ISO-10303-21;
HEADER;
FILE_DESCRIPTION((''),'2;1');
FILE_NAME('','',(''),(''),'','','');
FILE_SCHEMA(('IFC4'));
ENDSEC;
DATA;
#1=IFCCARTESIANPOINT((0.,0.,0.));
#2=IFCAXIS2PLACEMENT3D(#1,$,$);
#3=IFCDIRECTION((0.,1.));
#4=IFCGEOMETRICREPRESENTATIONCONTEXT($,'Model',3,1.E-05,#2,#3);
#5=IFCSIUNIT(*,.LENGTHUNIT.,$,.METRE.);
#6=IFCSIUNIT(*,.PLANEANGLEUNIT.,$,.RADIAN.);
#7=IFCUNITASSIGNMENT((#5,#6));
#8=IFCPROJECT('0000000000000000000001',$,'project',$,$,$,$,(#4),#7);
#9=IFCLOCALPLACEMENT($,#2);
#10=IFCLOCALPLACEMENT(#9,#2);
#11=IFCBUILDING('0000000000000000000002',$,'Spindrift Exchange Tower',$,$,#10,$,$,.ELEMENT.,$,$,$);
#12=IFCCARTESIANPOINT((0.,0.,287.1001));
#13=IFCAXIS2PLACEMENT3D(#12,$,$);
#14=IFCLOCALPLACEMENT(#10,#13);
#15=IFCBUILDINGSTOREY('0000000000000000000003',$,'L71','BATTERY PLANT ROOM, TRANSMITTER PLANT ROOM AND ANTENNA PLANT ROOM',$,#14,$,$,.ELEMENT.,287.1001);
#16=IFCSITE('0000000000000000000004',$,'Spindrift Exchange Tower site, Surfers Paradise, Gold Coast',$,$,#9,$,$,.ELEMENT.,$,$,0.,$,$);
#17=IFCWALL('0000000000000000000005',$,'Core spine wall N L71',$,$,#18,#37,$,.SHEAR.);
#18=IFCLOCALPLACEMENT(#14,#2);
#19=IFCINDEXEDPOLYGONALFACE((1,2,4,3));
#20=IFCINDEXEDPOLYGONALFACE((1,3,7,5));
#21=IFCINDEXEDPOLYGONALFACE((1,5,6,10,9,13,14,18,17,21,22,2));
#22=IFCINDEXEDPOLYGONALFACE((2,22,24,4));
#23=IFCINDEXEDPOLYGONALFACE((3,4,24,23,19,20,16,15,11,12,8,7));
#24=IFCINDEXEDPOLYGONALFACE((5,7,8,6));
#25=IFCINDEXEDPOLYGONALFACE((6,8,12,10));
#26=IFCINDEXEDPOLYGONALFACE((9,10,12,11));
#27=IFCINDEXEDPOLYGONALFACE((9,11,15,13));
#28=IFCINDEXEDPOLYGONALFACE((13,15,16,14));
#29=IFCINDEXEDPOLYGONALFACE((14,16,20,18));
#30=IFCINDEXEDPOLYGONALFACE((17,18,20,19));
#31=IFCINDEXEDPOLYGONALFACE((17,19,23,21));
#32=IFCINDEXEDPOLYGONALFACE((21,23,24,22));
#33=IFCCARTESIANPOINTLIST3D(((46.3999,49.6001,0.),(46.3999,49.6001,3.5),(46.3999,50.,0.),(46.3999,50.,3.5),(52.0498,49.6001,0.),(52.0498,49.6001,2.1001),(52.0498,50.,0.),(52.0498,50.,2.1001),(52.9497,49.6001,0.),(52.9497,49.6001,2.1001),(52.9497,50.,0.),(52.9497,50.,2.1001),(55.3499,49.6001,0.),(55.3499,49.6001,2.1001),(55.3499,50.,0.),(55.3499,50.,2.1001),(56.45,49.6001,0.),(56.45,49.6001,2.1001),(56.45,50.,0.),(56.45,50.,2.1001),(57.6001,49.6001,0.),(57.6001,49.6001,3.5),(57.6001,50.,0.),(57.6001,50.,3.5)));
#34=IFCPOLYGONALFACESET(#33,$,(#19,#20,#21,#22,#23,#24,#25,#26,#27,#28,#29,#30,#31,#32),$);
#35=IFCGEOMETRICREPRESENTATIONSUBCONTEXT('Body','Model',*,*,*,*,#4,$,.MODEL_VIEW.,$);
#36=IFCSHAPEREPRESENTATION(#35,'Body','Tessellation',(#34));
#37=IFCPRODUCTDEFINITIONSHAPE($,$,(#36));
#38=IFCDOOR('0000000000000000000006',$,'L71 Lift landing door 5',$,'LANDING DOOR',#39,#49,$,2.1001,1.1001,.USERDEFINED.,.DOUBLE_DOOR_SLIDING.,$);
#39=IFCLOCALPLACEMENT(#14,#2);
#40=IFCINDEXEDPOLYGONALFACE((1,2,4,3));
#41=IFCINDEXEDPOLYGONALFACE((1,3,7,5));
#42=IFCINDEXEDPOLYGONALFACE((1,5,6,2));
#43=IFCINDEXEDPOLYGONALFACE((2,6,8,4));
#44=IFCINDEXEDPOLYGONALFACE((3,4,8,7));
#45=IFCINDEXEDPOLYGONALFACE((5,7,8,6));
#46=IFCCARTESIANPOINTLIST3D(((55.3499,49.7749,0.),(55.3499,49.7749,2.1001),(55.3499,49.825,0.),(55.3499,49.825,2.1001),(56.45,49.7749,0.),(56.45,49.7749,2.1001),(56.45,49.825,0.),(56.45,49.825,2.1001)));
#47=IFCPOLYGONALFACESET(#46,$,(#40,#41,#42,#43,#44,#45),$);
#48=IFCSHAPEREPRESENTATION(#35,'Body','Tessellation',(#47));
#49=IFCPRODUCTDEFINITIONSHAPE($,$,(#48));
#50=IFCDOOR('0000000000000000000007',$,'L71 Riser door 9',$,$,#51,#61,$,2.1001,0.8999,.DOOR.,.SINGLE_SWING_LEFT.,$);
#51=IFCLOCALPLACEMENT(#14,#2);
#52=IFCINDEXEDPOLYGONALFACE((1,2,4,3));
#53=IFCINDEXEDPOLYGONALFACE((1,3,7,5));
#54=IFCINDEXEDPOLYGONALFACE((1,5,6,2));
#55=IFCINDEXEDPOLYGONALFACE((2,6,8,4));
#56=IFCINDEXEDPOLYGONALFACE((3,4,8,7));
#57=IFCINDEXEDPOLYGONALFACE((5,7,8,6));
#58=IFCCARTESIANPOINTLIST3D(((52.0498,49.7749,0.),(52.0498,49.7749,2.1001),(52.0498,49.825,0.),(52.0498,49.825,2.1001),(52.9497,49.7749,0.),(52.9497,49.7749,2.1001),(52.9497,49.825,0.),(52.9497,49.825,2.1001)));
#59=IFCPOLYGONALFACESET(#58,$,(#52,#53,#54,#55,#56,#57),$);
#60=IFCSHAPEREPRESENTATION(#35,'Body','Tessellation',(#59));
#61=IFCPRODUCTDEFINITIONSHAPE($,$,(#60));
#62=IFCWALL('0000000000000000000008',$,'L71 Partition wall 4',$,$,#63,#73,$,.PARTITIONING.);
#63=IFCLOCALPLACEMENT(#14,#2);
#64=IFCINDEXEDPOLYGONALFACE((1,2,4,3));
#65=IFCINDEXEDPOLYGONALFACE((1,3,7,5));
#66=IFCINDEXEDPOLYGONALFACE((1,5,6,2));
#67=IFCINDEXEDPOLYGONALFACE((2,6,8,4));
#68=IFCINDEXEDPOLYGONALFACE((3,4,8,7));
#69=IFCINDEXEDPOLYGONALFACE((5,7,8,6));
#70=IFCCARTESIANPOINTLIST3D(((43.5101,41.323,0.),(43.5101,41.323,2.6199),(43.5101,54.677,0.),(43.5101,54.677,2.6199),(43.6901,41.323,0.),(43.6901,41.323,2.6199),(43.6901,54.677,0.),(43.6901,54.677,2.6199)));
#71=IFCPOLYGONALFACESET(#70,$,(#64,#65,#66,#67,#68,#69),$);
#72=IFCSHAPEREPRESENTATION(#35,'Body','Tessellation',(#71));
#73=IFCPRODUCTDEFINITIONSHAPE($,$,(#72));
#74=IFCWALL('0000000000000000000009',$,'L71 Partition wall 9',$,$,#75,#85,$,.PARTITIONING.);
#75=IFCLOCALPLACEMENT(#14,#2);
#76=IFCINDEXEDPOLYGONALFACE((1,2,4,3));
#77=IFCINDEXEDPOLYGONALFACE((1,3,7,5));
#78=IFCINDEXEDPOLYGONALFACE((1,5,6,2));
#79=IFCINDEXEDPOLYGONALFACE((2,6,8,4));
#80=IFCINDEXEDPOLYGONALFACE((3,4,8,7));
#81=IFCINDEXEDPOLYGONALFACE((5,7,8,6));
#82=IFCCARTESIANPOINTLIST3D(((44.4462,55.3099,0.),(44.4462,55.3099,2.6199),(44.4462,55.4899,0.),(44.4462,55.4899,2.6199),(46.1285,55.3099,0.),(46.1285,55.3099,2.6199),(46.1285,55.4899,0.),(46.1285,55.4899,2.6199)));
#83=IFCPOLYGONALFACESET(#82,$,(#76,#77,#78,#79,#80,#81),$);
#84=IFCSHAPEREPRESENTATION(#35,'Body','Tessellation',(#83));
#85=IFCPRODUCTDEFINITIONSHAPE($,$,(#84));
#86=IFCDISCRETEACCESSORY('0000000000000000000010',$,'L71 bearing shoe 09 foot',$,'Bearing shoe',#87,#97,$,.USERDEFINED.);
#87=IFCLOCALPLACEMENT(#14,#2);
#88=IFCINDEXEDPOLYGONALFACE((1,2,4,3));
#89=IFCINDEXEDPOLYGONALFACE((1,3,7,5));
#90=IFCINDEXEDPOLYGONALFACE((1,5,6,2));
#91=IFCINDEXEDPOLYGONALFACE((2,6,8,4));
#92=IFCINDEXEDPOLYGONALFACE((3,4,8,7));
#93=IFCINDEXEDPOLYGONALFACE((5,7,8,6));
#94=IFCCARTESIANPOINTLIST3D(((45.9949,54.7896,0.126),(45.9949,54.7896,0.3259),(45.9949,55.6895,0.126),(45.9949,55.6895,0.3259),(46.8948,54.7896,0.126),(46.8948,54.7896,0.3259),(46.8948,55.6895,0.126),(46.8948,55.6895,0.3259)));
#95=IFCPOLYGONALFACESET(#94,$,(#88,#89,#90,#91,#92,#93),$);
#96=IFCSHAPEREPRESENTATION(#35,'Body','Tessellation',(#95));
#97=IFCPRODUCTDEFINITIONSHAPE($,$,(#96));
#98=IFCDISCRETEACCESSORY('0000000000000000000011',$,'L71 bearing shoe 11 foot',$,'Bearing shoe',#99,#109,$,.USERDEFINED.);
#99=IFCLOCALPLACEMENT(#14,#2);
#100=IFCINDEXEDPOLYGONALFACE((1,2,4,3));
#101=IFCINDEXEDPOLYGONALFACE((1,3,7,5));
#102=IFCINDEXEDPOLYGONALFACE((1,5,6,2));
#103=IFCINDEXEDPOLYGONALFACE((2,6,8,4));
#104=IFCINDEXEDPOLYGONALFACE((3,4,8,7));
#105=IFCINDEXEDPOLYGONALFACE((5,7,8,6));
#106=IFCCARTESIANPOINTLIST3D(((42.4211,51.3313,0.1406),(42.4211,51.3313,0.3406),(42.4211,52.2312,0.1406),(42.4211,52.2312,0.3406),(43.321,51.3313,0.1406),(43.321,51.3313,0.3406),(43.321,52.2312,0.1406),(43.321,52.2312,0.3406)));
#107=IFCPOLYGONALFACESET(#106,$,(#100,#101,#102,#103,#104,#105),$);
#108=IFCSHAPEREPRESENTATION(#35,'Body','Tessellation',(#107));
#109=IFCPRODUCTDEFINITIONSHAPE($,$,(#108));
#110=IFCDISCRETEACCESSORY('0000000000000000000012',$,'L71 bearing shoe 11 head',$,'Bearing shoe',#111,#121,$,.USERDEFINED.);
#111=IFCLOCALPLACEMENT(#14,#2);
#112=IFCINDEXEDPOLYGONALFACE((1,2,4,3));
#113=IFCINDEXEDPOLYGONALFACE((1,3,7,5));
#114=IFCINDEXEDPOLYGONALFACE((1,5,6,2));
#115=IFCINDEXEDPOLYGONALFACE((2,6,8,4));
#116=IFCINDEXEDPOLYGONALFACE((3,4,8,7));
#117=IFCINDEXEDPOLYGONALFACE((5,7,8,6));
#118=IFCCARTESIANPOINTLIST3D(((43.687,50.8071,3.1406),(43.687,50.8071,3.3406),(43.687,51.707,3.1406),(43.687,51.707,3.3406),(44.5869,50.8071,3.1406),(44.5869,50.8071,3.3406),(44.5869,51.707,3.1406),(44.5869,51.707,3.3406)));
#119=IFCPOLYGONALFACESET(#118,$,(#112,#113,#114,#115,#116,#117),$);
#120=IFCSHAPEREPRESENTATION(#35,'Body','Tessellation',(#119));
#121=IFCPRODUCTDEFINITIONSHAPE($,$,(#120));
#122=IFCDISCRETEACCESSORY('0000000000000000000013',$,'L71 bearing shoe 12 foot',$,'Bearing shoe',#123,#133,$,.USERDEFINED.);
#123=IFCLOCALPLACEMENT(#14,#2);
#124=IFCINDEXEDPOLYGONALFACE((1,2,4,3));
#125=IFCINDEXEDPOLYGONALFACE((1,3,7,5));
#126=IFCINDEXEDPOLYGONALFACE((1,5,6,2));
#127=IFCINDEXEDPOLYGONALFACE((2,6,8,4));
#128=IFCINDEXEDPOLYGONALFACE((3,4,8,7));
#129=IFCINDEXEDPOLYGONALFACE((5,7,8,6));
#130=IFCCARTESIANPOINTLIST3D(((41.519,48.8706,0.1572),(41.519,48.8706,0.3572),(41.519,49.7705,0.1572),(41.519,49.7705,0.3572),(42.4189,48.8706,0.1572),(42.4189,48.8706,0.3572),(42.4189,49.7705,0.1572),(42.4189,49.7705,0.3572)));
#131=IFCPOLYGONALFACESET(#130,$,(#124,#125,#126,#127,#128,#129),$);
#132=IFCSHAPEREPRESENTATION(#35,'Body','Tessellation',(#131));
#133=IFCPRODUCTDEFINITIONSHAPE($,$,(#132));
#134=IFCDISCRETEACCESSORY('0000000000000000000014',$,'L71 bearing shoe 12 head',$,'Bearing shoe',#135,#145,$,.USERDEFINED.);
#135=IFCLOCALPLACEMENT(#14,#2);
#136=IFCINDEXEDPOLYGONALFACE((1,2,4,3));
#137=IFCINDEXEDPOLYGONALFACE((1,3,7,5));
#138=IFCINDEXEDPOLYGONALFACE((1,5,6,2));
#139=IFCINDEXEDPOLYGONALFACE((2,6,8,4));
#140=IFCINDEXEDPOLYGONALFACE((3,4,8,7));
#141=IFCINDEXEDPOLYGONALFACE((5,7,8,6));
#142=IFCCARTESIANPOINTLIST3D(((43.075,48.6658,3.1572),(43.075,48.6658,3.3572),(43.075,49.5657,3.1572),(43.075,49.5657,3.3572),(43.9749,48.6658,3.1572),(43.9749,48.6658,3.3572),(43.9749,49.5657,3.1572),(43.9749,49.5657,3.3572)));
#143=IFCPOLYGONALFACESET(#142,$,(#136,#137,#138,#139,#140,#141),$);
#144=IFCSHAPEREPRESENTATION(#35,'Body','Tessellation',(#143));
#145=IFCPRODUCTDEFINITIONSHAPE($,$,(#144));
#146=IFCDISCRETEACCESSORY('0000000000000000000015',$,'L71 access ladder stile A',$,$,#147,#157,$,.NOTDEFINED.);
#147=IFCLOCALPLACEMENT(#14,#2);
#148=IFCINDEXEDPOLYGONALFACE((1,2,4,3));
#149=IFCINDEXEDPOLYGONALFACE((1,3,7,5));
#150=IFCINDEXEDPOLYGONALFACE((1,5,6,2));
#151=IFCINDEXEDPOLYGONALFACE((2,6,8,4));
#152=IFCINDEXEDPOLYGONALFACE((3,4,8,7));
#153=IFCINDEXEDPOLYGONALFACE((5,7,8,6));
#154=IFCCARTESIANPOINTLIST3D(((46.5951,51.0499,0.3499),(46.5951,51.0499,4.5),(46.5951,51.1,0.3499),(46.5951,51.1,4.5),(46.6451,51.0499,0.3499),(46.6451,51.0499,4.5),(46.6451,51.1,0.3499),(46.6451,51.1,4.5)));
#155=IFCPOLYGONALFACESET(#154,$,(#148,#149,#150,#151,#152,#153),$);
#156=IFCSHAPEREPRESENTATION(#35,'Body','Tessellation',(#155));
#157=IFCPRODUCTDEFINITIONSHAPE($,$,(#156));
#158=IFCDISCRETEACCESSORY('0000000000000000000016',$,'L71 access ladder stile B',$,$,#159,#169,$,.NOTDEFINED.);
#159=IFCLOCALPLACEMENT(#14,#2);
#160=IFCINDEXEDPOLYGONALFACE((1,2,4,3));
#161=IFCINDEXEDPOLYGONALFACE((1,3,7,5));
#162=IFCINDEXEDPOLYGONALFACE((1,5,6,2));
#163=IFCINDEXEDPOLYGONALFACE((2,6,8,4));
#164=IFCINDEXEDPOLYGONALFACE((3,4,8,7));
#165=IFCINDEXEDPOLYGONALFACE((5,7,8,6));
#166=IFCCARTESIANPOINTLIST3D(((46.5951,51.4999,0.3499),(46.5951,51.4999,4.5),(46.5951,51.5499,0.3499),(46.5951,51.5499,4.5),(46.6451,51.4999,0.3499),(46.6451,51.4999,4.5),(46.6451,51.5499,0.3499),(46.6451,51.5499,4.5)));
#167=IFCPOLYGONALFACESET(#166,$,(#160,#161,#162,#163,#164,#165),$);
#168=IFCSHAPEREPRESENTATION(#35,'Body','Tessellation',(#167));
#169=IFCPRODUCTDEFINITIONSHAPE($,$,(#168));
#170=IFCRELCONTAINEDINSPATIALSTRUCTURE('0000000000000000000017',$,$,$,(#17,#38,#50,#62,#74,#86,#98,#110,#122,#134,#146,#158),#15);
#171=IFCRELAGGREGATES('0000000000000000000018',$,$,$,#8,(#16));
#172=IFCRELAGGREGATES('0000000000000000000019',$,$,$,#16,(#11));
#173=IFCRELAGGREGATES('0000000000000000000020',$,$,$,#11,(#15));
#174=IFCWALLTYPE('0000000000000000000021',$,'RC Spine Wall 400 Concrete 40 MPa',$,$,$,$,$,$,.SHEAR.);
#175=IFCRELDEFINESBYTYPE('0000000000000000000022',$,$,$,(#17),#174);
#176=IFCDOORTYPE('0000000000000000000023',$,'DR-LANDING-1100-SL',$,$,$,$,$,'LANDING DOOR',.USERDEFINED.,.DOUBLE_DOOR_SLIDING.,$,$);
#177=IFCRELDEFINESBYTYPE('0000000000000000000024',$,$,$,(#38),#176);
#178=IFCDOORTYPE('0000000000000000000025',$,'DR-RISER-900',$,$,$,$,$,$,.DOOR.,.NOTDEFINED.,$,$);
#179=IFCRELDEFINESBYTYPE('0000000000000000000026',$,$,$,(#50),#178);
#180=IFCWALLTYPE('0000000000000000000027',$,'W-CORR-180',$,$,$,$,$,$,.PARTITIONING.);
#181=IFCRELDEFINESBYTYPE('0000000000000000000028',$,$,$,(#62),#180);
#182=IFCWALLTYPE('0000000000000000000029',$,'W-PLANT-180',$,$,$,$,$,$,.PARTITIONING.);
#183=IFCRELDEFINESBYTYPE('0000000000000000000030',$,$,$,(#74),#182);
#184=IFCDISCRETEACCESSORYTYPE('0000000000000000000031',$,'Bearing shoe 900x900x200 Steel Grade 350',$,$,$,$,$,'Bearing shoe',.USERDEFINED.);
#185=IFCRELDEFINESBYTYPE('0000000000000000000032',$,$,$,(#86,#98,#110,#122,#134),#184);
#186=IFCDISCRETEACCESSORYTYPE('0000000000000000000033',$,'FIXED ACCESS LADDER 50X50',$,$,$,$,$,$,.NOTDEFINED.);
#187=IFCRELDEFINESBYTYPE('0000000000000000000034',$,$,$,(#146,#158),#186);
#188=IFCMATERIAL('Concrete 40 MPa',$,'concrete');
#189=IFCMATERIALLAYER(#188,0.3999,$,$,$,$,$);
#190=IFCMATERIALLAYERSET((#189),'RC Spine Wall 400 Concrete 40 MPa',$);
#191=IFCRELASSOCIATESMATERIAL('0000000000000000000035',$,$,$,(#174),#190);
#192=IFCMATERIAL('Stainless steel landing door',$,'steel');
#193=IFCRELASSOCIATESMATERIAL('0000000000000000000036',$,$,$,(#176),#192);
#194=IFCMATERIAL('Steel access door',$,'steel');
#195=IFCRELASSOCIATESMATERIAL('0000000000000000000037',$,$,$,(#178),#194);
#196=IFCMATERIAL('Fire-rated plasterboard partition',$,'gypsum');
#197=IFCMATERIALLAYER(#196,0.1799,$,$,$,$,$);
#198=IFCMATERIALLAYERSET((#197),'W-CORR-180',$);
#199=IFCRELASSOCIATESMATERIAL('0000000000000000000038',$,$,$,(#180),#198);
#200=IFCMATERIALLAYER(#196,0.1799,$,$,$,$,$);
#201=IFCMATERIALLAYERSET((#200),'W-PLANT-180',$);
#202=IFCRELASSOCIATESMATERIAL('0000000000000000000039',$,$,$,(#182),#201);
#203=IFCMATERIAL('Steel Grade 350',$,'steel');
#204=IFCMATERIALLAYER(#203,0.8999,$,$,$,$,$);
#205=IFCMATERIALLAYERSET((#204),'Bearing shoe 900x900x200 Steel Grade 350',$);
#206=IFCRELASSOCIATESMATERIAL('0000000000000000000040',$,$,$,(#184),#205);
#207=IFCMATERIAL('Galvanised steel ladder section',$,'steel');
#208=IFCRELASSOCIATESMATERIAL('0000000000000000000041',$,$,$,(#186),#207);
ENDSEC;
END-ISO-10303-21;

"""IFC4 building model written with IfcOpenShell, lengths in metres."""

from ifc_helpers import new_model, si_unit, direction, frame, frame_2d, origin, origin_2d, place, context, subcontext, project, spatial, rectangle, extrude, source, transform, mapped, material, layer, layer_set, material_profile, profile_set, type_object, element, fill, save


model = new_model("IFC4")

# Units and contexts
model_context = context("Model", 3, precision=1e-05, world=origin(), true_north=direction((0.0, 1.0)))
body_context = subcontext(model_context, "Body", "Model", "MODEL_VIEW")
ifc_project = project(units=[si_unit("LENGTHUNIT", "METRE"), si_unit("PLANEANGLEUNIT", "RADIAN")], contexts=[model_context])

# Site, building, storey
site_placement = place(None, origin())
site = spatial("IfcSite", under=ifc_project, at=site_placement, Name="Spindrift Exchange Tower site, Surfers Paradise, Gold Coast", CompositionType="ELEMENT", RefElevation=0.0)
building_placement = place(site_placement, origin())
building = spatial("IfcBuilding", under=site, at=building_placement, Name="Spindrift Exchange Tower", CompositionType="ELEMENT")
storey_placement = place(building_placement, frame((0.0, 0.0, 287.1001)))
storey = spatial("IfcBuildingStorey", under=building, at=storey_placement, Name="L71", Description="BATTERY PLANT ROOM, TRANSMITTER PLANT ROOM AND ANTENNA PLANT ROOM", CompositionType="ELEMENT", Elevation=287.1001)

# Shared definitions
ifc_material_1 = material(Name="Concrete 40 MPa", Category="concrete")

# Wall, openings, doors
ifc_layer_1 = layer(ifc_material_1, 0.3999)
ifc_layer_set_1 = layer_set([ifc_layer_1], Name="RC Spine Wall 400 Concrete 40 MPa")
wall_type_1 = type_object("IfcWallType", Name="RC Spine Wall 400 Concrete 40 MPa", PredefinedType="SHEAR", material=ifc_layer_set_1)
wall_1_placement = place(storey_placement, frame((46.3999, 49.8, 0.0), z_axis=(0.0, 0.0, 1.0), x_axis=(1.0, 0.0, 0.0)))
wall_1 = element("IfcWall", 1, at=wall_1_placement, inside=storey, type_object=wall_type_1, Name="Core spine wall N L71", PredefinedType="SHEAR", context=body_context, shape_type="SweptSolid", body=[
    extrude(rectangle(XDim=11.2002, YDim=0.3999, at=frame_2d((5.6001, 0.0))), origin(), (0.0, 0.0, 1.0), 3.5),
])
opening_1_placement = place(wall_1_placement, frame((8.95, 0.0, 0.0)))
opening_1 = element("IfcOpeningElement", 2, at=opening_1_placement, cuts=wall_1, PredefinedType="OPENING", context=body_context, shape_type="SweptSolid", body=[
    extrude(rectangle(XDim=1.1001, YDim=2.1001, at=frame_2d((0.55, 1.05))), frame((0.0, 0.21, 0.0), z_axis=(0.0, -1.0, 0.0), x_axis=(1.0, 0.0, 0.0)), (0.0, 0.0, 1.0), 0.4199),
])
opening_2_placement = place(wall_1_placement, frame((5.6499, 0.0, 0.0)))
opening_2 = element("IfcOpeningElement", 3, at=opening_2_placement, cuts=wall_1, PredefinedType="OPENING", context=body_context, shape_type="SweptSolid", body=[
    extrude(rectangle(XDim=0.8999, YDim=2.1001, at=frame_2d((0.45, 1.05))), frame((0.0, 0.21, 0.0), z_axis=(0.0, -1.0, 0.0), x_axis=(1.0, 0.0, 0.0)), (0.0, 0.0, 1.0), 0.4199),
])
ifc_material_2 = material(Name="Stainless steel landing door", Category="steel")
door_type_1 = type_object("IfcDoorType", Name="DR-LANDING-1100-SL", ElementType="LANDING DOOR", OperationType="DOUBLE_DOOR_SLIDING", PredefinedType="USERDEFINED", material=ifc_material_2)
shared_shape_1 = source(origin(), body_context, "Body", "SweptSolid", [
    extrude(rectangle(XDim=1.1001, YDim=2.1001, at=frame_2d((0.55, 1.05))), frame((0.0, 0.0249, 0.0), z_axis=(0.0, -1.0, 0.0), x_axis=(1.0, 0.0, 0.0)), (0.0, 0.0, 1.0), 0.05),
])
door_1_placement = place(opening_1_placement, origin())
door_1 = element("IfcDoor", 4, at=door_1_placement, inside=storey, type_object=door_type_1, Name="L71 Lift landing door 5", ObjectType="LANDING DOOR", OperationType="DOUBLE_DOOR_SLIDING", OverallHeight=2.1001, OverallWidth=1.1001, PredefinedType="USERDEFINED", context=body_context, shape_type="MappedRepresentation", body=[
    mapped(shared_shape_1, transform((0.0, 0.0, 0.0), scale=1.0)),
])
fill(opening_1, door_1)
ifc_material_3 = material(Name="Steel access door", Category="steel")
door_type_2 = type_object("IfcDoorType", Name="DR-RISER-900", OperationType="NOTDEFINED", PredefinedType="DOOR", material=ifc_material_3)
shared_shape_2 = source(origin(), body_context, "Body", "SweptSolid", [
    extrude(rectangle(XDim=0.8999, YDim=2.1001, at=frame_2d((0.45, 1.05))), frame((0.0, 0.0249, 0.0), z_axis=(0.0, -1.0, 0.0), x_axis=(1.0, 0.0, 0.0)), (0.0, 0.0, 1.0), 0.05),
])
door_2_placement = place(opening_2_placement, origin())
door_2 = element("IfcDoor", 5, at=door_2_placement, inside=storey, type_object=door_type_2, Name="L71 Riser door 9", OperationType="SINGLE_SWING_LEFT", OverallHeight=2.1001, OverallWidth=0.8999, PredefinedType="DOOR", context=body_context, shape_type="MappedRepresentation", body=[
    mapped(shared_shape_2, transform((0.0, 0.0, 0.0), scale=1.0)),
])
fill(opening_2, door_2)

# Walls
ifc_material_4 = material(Name="Fire-rated plasterboard partition", Category="gypsum")
ifc_layer_2 = layer(ifc_material_4, 0.1799)
ifc_layer_set_2 = layer_set([ifc_layer_2], Name="W-CORR-180")
wall_type_2 = type_object("IfcWallType", Name="W-CORR-180", PredefinedType="PARTITIONING", material=ifc_layer_set_2)
wall_2_placement = place(storey_placement, frame((43.6001, 54.677, 0.0), z_axis=(0.0, 0.0, 1.0), x_axis=(0.0, -1.0, 0.0)))
element("IfcWall", 6, at=wall_2_placement, inside=storey, type_object=wall_type_2, Name="L71 Partition wall 4", PredefinedType="PARTITIONING", context=body_context, shape_type="SweptSolid", body=[
    extrude(rectangle(XDim=13.354, YDim=0.1799, at=frame_2d((6.677, 0.0))), origin(), (0.0, 0.0, 1.0), 2.6199),
])
ifc_layer_3 = layer(ifc_material_4, 0.1799)
ifc_layer_set_3 = layer_set([ifc_layer_3], Name="W-PLANT-180")
wall_type_3 = type_object("IfcWallType", Name="W-PLANT-180", PredefinedType="PARTITIONING", material=ifc_layer_set_3)
wall_3_placement = place(storey_placement, frame((46.1287, 55.3999, 0.0), z_axis=(0.0, 0.0, 1.0), x_axis=(-1.0, 0.0, 0.0)))
element("IfcWall", 7, at=wall_3_placement, inside=storey, type_object=wall_type_3, Name="L71 Partition wall 9", PredefinedType="PARTITIONING", context=body_context, shape_type="SweptSolid", body=[
    extrude(rectangle(XDim=1.6824, YDim=0.1799, at=frame_2d((0.8413, 0.0))), origin(), (0.0, 0.0, 1.0), 2.6199),
])

# Discrete accessories
ifc_material_5 = material(Name="Steel Grade 350", Category="steel")
ifc_layer_4 = layer(ifc_material_5, 0.8999)
ifc_layer_set_4 = layer_set([ifc_layer_4], Name="Bearing shoe 900x900x200 Steel Grade 350")
discrete_accessory_type_1 = type_object("IfcDiscreteAccessoryType", Name="Bearing shoe 900x900x200 Steel Grade 350", ElementType="Bearing shoe", PredefinedType="USERDEFINED", material=ifc_layer_set_4)
shared_shape_3 = source(origin(), body_context, "Body", "SweptSolid", [
    extrude(rectangle(XDim=0.8999, YDim=0.8999, at=origin_2d()), origin(), (0.0, 0.0, 1.0), 0.2),
])
for number, where, z_axis, x_axis, name in (
    (8, (46.4448, 55.2395, 0.126), (0.0, 0.0, 1.0), (1.0, 0.0, 0.0), "L71 bearing shoe 09 foot"),
    (9, (42.8711, 51.7812, 0.1406), (0.0, 0.0, 1.0), (1.0, 0.0, 0.0), "L71 bearing shoe 11 foot"),
    (10, (44.137, 51.2571, 3.1406), (0.0, 0.0, 1.0), (1.0, 0.0, 0.0), "L71 bearing shoe 11 head"),
    (11, (41.969, 49.3206, 0.1572), (0.0, 0.0, 1.0), (1.0, 0.0, 0.0), "L71 bearing shoe 12 foot"),
    (12, (43.5249, 49.1157, 3.1572), (0.0, 0.0, 1.0), (1.0, 0.0, 0.0), "L71 bearing shoe 12 head"),
):
    element("IfcDiscreteAccessory", number, at=place(storey_placement, frame(where, z_axis=z_axis, x_axis=x_axis)), inside=storey, type_object=discrete_accessory_type_1, Name=name, ObjectType="Bearing shoe", PredefinedType="USERDEFINED", context=body_context, shape_type="MappedRepresentation", body=[
        mapped(shared_shape_3, transform((0.0, 0.0, 0.0), scale=1.0)),
    ])
ifc_material_6 = material(Name="Galvanised steel ladder section", Category="steel")
ifc_material_profile_1 = material_profile(ifc_material_6, rectangle(XDim=0.05, YDim=0.05, at=origin_2d()), Name="FIXED ACCESS LADDER 50X50")
ifc_profile_set_1 = profile_set([ifc_material_profile_1], Name="Galvanised steel ladder section")
discrete_accessory_type_2 = type_object("IfcDiscreteAccessoryType", Name="FIXED ACCESS LADDER 50X50", PredefinedType="NOTDEFINED", material=ifc_profile_set_1)
shared_shape_4 = source(origin(), body_context, "Body", "SweptSolid", [
    extrude(rectangle(XDim=0.05, YDim=0.05, at=origin_2d()), origin(), (0.0, 0.0, 1.0), 4.1501),
])
for number, where, z_axis, x_axis, name in (
    (13, (46.6201, 51.075, 0.3499), (0.0, 0.0, 1.0), (1.0, 0.0, 0.0), "L71 access ladder stile A"),
    (14, (46.6201, 51.5249, 0.3499), (0.0, 0.0, 1.0), (1.0, 0.0, 0.0), "L71 access ladder stile B"),
):
    element("IfcDiscreteAccessory", number, at=place(storey_placement, frame(where, z_axis=z_axis, x_axis=x_axis)), inside=storey, type_object=discrete_accessory_type_2, Name=name, PredefinedType="NOTDEFINED", context=body_context, shape_type="MappedRepresentation", body=[
        mapped(shared_shape_4, transform((0.0, 0.0, 0.0), scale=1.0)),
    ])

save(model, "model.ifc")
